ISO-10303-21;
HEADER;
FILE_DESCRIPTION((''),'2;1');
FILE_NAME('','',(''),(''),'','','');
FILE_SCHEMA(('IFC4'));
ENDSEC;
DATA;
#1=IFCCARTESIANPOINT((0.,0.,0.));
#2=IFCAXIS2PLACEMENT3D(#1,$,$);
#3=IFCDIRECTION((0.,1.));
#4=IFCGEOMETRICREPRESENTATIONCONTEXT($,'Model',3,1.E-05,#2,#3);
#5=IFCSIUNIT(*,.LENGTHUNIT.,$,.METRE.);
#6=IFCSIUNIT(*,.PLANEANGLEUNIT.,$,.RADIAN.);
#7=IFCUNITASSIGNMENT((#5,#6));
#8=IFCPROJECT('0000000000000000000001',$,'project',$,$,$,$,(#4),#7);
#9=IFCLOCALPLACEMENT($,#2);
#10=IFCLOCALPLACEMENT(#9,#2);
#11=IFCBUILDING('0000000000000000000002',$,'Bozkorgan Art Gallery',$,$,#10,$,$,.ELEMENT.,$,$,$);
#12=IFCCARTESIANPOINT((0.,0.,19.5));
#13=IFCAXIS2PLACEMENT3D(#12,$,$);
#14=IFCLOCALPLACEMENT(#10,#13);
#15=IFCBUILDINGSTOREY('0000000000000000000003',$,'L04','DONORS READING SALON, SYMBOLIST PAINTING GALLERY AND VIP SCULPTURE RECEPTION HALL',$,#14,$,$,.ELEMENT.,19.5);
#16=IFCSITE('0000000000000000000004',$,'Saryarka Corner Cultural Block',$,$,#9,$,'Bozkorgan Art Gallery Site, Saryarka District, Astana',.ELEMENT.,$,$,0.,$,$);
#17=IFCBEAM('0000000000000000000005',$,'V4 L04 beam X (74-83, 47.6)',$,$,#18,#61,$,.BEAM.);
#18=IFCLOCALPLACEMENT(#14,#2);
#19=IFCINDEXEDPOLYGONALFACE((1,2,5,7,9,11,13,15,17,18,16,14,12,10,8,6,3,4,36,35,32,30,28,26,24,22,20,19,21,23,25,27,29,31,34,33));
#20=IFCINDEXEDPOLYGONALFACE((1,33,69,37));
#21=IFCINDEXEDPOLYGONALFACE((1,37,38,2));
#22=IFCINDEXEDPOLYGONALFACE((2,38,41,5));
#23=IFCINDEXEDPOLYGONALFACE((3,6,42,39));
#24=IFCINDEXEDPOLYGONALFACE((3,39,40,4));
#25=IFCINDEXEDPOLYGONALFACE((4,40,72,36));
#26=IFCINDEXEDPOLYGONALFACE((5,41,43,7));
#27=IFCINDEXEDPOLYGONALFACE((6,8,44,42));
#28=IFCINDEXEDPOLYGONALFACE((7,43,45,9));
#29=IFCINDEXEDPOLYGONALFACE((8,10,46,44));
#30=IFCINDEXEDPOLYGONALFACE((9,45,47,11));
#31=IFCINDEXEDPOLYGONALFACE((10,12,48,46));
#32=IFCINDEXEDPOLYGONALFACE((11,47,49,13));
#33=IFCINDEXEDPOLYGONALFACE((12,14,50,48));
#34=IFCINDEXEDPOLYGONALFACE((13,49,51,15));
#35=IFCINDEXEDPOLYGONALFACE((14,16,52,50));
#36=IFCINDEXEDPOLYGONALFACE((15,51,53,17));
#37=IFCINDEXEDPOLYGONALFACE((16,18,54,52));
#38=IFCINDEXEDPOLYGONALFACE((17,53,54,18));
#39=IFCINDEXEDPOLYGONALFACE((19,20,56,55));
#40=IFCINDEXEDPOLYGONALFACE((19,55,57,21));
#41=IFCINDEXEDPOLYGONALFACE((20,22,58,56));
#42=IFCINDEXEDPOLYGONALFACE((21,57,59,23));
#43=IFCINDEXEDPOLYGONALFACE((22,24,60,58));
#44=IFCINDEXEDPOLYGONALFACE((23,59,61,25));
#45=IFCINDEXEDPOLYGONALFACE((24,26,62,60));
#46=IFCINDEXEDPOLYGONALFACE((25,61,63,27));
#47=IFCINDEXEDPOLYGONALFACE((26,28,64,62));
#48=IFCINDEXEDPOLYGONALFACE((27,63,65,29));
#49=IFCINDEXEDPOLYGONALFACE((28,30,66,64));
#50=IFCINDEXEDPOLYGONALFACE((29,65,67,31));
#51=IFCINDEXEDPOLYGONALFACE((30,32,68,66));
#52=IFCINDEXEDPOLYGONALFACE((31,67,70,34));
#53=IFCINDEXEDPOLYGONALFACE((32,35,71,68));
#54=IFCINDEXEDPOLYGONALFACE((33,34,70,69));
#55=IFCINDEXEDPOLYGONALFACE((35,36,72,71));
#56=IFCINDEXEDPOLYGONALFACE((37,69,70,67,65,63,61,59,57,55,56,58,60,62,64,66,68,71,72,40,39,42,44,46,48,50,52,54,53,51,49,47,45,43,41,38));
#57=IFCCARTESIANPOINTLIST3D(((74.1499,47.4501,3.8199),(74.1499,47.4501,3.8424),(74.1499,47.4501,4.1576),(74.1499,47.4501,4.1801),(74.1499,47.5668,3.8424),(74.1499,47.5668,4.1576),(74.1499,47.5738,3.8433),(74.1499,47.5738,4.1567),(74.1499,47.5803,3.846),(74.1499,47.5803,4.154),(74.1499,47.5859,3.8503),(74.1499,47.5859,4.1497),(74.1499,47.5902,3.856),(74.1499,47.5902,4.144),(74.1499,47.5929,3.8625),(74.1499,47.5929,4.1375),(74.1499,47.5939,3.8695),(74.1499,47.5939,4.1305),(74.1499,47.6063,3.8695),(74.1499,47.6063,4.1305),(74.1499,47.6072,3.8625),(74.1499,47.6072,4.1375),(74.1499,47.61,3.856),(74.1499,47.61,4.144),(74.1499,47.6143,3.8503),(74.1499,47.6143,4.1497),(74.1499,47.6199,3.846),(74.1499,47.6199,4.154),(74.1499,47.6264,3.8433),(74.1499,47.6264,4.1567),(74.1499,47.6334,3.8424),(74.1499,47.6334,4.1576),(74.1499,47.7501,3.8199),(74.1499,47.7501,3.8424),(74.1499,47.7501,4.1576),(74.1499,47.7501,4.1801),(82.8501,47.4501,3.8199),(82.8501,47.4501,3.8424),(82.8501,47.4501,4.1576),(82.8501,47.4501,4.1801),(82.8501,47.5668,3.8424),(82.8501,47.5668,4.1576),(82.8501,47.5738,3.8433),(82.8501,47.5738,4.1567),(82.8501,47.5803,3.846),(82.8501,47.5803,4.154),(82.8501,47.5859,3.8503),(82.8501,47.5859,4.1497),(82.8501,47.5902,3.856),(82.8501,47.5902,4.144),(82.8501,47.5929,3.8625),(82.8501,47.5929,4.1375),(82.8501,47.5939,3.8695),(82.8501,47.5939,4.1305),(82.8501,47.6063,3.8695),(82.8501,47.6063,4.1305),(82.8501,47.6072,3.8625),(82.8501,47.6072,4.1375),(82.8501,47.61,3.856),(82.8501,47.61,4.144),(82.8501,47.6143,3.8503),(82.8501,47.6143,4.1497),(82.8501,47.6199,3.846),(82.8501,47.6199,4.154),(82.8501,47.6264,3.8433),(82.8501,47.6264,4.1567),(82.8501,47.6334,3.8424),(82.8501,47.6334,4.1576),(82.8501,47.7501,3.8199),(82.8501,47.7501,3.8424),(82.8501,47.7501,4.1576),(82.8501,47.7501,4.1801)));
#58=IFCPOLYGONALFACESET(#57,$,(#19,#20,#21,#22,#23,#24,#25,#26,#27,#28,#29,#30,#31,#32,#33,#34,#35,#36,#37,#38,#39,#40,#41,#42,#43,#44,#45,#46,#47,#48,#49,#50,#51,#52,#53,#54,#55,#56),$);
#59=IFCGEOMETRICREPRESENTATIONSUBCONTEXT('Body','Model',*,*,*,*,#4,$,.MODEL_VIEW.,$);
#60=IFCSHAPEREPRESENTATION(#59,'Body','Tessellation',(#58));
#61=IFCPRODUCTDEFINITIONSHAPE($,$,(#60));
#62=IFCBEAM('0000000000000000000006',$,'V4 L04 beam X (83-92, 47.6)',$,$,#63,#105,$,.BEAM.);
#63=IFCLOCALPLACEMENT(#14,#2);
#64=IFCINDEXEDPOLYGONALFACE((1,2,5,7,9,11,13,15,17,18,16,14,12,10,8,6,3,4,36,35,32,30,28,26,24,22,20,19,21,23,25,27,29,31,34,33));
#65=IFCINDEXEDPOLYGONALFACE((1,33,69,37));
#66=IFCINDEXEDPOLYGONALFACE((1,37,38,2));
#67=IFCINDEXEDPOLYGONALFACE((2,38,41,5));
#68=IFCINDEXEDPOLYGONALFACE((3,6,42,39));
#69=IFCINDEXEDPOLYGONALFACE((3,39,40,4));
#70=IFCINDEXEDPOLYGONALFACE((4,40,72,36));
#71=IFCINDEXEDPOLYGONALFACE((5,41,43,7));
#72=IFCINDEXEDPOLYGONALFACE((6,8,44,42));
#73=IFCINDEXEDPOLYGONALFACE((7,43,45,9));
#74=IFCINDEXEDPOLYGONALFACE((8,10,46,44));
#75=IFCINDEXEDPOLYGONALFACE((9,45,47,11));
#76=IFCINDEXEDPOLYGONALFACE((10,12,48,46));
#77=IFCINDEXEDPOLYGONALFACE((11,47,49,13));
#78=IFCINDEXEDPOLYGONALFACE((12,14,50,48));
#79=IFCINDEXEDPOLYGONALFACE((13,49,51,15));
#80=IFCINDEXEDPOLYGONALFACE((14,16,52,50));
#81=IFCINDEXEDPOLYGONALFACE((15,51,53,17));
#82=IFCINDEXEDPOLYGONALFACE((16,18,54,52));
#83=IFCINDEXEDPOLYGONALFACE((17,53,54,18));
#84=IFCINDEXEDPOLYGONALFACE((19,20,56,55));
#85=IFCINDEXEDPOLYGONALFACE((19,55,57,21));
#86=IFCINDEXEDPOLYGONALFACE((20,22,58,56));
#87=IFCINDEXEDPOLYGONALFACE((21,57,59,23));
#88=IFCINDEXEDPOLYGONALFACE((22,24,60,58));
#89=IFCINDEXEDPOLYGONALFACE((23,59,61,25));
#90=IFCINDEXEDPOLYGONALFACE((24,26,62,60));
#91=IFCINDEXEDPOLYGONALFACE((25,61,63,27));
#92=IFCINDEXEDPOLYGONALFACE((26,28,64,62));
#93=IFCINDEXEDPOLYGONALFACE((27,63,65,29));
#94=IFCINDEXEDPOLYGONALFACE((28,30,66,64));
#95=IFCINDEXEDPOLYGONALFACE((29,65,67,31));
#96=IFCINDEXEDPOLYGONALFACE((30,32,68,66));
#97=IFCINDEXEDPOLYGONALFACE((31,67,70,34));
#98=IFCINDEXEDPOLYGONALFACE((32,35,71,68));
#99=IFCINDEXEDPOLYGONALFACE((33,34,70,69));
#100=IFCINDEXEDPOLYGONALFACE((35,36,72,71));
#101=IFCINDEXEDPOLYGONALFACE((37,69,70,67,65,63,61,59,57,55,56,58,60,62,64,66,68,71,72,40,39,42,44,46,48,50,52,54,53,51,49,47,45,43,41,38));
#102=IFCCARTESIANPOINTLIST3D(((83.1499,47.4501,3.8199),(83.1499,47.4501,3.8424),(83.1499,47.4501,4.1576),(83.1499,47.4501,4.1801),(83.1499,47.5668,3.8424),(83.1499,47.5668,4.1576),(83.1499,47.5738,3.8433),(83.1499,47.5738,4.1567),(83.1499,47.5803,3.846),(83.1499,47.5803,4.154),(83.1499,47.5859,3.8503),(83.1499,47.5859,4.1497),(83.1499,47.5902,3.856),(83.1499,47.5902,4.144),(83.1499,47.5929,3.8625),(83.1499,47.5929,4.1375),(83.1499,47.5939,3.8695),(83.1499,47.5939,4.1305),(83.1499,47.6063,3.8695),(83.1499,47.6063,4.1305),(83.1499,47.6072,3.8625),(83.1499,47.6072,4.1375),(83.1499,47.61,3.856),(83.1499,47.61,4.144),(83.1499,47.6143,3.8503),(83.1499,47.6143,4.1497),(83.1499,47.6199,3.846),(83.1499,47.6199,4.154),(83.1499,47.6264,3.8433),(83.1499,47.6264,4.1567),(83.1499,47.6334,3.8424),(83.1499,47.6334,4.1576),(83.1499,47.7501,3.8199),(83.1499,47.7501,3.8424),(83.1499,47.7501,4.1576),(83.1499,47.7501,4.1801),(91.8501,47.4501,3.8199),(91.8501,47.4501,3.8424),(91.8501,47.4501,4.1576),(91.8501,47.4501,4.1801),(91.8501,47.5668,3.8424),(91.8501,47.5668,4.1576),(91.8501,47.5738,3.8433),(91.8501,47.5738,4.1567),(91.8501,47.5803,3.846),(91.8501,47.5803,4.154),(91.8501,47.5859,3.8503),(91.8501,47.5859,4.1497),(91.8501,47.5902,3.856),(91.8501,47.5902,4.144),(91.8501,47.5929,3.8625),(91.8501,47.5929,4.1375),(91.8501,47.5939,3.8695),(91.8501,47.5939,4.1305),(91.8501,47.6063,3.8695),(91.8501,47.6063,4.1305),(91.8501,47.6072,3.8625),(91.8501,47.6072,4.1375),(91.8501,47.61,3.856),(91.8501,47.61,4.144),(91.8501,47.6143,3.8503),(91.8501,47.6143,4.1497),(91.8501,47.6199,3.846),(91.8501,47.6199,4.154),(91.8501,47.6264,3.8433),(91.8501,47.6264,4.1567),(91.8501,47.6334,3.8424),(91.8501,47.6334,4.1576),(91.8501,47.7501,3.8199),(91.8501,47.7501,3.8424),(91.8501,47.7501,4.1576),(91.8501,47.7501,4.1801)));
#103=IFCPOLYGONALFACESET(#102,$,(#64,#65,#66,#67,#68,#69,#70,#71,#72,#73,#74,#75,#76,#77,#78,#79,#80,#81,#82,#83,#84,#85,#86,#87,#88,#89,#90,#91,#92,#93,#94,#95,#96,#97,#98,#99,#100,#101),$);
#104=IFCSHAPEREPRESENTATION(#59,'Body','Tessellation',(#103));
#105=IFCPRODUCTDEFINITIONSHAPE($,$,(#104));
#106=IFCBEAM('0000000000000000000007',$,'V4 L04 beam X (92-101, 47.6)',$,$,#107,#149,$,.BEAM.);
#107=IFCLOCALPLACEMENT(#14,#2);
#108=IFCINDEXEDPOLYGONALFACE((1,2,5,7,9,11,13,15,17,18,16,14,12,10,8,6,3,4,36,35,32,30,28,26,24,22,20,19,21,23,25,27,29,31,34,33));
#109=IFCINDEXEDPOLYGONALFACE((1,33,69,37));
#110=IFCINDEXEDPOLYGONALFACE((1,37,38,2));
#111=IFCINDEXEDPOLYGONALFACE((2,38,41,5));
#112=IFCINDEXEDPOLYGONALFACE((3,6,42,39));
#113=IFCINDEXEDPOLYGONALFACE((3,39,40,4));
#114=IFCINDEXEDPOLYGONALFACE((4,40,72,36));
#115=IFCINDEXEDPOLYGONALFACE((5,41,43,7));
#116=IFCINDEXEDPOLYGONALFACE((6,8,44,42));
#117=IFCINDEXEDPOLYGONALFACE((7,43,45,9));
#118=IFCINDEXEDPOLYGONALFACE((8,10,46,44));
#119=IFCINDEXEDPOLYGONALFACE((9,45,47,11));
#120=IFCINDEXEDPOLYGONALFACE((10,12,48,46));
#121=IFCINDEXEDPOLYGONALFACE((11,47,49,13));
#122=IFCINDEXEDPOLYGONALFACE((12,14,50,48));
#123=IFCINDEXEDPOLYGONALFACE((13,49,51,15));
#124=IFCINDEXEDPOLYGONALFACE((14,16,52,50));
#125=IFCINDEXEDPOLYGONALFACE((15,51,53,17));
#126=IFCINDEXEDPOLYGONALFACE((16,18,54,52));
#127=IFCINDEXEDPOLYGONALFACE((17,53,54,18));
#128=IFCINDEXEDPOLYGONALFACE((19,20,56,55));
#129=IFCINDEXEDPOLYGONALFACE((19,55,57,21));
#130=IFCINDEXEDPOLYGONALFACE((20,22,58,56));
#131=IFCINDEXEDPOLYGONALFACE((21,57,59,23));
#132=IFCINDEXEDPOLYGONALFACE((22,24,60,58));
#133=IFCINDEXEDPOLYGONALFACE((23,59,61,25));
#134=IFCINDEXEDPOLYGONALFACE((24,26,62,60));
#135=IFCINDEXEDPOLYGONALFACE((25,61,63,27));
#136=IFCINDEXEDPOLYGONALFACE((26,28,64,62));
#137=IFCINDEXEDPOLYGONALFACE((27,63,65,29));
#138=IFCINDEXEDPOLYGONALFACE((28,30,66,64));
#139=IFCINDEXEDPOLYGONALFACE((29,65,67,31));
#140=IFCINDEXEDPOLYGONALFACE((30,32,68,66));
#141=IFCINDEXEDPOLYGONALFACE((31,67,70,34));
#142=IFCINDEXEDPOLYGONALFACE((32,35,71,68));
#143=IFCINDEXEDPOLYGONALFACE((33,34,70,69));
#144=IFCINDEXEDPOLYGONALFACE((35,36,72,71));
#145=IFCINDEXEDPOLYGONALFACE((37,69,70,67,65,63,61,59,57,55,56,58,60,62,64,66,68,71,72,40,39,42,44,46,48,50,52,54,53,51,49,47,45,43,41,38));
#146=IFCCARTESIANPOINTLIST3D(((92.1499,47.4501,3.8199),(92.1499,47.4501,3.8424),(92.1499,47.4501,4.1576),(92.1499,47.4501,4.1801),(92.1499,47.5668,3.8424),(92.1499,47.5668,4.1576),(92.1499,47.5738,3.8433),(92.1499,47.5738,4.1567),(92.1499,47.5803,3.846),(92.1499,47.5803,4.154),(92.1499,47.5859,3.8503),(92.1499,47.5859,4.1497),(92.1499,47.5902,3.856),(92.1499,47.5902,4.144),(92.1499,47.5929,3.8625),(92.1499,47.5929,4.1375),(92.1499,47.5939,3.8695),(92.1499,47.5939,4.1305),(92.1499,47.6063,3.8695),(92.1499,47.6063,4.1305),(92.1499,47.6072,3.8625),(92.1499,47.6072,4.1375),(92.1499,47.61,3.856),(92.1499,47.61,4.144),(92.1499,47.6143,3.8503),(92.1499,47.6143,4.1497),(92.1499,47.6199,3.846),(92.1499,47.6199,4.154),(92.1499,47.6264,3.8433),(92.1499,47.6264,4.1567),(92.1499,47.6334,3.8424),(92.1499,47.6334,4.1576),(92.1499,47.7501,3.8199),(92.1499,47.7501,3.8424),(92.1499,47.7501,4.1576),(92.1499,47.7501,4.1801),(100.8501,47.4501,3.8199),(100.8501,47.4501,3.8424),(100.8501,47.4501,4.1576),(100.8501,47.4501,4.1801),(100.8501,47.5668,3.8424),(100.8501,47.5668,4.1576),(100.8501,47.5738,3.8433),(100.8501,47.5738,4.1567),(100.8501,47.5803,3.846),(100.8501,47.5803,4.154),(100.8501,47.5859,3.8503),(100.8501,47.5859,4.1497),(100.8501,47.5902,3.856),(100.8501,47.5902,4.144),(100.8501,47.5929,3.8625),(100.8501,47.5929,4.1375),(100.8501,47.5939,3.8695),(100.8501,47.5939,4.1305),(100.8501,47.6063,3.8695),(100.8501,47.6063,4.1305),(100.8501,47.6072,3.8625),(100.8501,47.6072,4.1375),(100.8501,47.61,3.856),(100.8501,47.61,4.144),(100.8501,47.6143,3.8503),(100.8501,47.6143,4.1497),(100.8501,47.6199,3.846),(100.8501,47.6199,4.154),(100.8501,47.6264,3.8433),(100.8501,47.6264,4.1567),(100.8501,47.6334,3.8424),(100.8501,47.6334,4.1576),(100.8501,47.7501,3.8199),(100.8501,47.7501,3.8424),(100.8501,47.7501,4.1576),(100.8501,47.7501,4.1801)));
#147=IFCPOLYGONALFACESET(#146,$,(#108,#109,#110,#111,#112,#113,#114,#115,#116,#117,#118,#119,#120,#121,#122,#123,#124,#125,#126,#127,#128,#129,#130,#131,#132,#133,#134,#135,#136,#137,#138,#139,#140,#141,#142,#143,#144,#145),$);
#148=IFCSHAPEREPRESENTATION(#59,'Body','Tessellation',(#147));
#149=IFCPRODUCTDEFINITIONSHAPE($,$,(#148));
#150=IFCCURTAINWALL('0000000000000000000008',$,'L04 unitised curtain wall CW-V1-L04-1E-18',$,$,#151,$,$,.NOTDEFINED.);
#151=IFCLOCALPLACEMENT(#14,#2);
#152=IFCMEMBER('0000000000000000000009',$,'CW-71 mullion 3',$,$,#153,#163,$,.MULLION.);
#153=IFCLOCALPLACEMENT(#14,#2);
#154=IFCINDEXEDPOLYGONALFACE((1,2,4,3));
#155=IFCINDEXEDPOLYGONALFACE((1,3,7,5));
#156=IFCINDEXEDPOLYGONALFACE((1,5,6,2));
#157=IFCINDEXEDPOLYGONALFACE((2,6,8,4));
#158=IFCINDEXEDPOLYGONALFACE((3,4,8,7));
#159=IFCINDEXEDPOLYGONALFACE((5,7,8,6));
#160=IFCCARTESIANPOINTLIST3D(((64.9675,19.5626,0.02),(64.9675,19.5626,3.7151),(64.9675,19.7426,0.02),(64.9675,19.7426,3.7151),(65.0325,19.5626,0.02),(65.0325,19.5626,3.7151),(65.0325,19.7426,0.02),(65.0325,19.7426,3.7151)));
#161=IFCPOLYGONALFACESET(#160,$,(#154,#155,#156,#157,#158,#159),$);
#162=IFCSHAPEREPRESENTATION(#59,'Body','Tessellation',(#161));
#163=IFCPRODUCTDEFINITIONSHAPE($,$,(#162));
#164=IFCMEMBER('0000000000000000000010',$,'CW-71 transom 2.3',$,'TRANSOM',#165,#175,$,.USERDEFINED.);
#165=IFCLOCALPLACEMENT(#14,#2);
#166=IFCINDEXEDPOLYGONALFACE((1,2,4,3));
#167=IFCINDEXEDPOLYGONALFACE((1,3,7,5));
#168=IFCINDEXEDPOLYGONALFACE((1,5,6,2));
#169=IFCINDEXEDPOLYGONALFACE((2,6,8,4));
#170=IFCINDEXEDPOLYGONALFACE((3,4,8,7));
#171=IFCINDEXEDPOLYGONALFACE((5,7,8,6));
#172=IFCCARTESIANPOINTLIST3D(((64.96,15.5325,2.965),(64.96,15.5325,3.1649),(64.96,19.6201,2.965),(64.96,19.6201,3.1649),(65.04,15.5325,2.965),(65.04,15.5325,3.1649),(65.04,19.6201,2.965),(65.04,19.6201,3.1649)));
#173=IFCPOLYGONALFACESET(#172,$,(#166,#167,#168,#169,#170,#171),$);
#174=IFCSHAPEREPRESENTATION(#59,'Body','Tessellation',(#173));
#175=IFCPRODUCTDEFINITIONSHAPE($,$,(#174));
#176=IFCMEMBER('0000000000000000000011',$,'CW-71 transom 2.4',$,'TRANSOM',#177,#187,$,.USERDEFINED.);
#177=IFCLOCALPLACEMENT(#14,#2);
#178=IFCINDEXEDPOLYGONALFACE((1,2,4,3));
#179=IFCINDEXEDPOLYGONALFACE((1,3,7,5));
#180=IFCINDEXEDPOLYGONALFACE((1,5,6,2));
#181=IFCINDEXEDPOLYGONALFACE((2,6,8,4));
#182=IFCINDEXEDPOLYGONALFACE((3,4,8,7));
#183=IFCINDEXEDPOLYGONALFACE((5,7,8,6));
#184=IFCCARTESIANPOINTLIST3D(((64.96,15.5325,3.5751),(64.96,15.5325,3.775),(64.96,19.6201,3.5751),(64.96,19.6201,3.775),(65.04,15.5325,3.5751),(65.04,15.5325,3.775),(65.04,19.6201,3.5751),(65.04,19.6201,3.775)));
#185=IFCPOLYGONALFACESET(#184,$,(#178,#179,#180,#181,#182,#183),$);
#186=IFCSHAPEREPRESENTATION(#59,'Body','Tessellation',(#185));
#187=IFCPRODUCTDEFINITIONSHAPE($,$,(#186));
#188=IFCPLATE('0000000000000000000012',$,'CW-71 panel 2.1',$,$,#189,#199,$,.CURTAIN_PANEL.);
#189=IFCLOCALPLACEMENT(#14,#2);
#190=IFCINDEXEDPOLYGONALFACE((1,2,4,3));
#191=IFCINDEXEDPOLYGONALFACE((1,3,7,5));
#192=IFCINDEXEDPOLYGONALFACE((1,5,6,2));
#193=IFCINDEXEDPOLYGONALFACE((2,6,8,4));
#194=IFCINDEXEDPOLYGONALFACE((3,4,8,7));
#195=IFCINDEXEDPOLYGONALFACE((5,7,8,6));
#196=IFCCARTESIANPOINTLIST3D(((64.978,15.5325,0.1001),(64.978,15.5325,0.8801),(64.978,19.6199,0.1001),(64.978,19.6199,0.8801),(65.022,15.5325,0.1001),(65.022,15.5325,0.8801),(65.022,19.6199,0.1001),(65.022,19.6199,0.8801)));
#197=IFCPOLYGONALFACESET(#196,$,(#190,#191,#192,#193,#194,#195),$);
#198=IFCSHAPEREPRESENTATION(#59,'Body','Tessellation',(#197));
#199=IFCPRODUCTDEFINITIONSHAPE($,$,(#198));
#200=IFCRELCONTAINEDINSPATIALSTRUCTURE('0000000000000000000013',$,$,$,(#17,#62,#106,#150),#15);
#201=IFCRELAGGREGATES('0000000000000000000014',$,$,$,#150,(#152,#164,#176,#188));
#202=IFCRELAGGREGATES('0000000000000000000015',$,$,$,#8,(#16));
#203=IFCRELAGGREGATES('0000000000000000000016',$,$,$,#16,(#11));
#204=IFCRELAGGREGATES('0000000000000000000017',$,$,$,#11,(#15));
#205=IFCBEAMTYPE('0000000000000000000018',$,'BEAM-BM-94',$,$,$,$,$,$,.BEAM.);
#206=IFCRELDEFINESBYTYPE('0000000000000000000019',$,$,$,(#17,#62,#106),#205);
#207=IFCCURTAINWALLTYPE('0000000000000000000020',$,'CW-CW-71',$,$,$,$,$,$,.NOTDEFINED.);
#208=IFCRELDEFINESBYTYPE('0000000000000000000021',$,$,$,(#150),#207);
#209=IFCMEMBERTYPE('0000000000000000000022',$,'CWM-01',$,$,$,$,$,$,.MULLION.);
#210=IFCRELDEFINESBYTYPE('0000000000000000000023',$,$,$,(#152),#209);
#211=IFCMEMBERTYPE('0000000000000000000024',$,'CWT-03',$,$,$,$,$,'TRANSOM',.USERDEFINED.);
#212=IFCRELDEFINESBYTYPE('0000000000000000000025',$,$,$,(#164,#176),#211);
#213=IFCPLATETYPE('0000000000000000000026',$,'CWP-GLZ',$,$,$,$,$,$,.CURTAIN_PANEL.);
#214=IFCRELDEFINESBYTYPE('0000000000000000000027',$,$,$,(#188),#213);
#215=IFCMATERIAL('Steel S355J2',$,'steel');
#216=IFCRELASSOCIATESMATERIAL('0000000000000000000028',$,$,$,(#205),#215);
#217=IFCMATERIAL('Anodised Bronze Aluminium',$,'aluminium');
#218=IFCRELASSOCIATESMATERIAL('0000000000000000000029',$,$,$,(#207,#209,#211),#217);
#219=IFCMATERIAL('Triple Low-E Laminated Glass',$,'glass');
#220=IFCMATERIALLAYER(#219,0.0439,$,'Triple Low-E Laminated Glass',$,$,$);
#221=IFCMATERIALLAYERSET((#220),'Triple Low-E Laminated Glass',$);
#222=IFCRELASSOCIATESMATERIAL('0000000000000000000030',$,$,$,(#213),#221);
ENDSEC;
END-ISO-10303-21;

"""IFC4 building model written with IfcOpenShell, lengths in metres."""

from ifc_helpers import new_model, si_unit, direction, frame, origin, origin_2d, place, context, subcontext, project, spatial, rectangle, i_section, extrude, material, layer, layer_set, material_profile, profile_set, type_object, element, aggregate, save


model = new_model("IFC4")

# Units and contexts
model_context = context("Model", 3, precision=1e-05, world=origin(), true_north=direction((0.0, 1.0)))
body_context = subcontext(model_context, "Body", "Model", "MODEL_VIEW")
ifc_project = project(units=[si_unit("LENGTHUNIT", "METRE"), si_unit("PLANEANGLEUNIT", "RADIAN")], contexts=[model_context])

# Site, building, storey
site_placement = place(None, origin())
site = spatial("IfcSite", under=ifc_project, at=site_placement, Name="Saryarka Corner Cultural Block", LongName="Bozkorgan Art Gallery Site, Saryarka District, Astana", CompositionType="ELEMENT", RefElevation=0.0)
building_placement = place(site_placement, origin())
building = spatial("IfcBuilding", under=site, at=building_placement, Name="Bozkorgan Art Gallery", CompositionType="ELEMENT")
storey_placement = place(building_placement, frame((0.0, 0.0, 19.5)))
storey = spatial("IfcBuildingStorey", under=building, at=storey_placement, Name="L04", Description="DONORS READING SALON, SYMBOLIST PAINTING GALLERY AND VIP SCULPTURE RECEPTION HALL", CompositionType="ELEMENT", Elevation=19.5)

# Shared definitions
ifc_material_1 = material(Name="Steel S355J2", Category="steel")

# Beams
ifc_material_profile_1 = material_profile(ifc_material_1, i_section(OverallWidth=0.3, OverallDepth=0.3601, WebThickness=0.0125, FlangeThickness=0.0225, FilletRadius=0.0271, at=origin_2d()), Name="HEB 360")
ifc_profile_set_1 = profile_set([ifc_material_profile_1], Name="Steel S355J2")
beam_type = type_object("IfcBeamType", Name="BEAM-BM-94", PredefinedType="BEAM", material=ifc_profile_set_1)
for number, where, z_axis, x_axis, name in (
    (1, (74.1499, 47.6001, 4.0), (1.0, 0.0, 0.0), (0.0, 1.0, 0.0), "V4 L04 beam X (74-83, 47.6)"),
    (2, (83.1499, 47.6001, 4.0), (1.0, 0.0, 0.0), (0.0, 1.0, 0.0), "V4 L04 beam X (83-92, 47.6)"),
    (3, (92.1499, 47.6001, 4.0), (1.0, 0.0, 0.0), (0.0, 1.0, 0.0), "V4 L04 beam X (92-101, 47.6)"),
):
    element("IfcBeam", number, at=place(storey_placement, frame(where, z_axis=z_axis, x_axis=x_axis)), inside=storey, type_object=beam_type, Name=name, PredefinedType="BEAM", context=body_context, shape_type="SweptSolid", body=[
        extrude(i_section(OverallWidth=0.3, OverallDepth=0.3601, WebThickness=0.0125, FlangeThickness=0.0225, FilletRadius=0.0271, at=origin_2d()), origin(), (0.0, 0.0, 1.0), 8.7002),
    ])

# Curtain wall, members, plate
ifc_material_2 = material(Name="Anodised Bronze Aluminium", Category="aluminium")
curtain_wall_type = type_object("IfcCurtainWallType", Name="CW-CW-71", PredefinedType="NOTDEFINED", material=ifc_material_2)
curtain_wall_placement = place(storey_placement, origin())
curtain_wall = element("IfcCurtainWall", 4, at=curtain_wall_placement, inside=storey, type_object=curtain_wall_type, Name="L04 unitised curtain wall CW-V1-L04-1E-18", PredefinedType="NOTDEFINED")
ifc_material_profile_2 = material_profile(ifc_material_2, rectangle(XDim=0.0649, YDim=0.1799, at=origin_2d()), Name="ALU MULLION 65x180")
ifc_profile_set_2 = profile_set([ifc_material_profile_2], Name="Anodised Bronze Aluminium")
member_type_1 = type_object("IfcMemberType", Name="CWM-01", PredefinedType="MULLION", material=ifc_profile_set_2)
member_1_placement = place(storey_placement, frame((65.0, 19.6526, 0.02), z_axis=(0.0, 0.0, 1.0), x_axis=(-1.0, 0.0, 0.0)))
member_1 = element("IfcMember", 5, at=member_1_placement, type_object=member_type_1, Name="CW-71 mullion 3", PredefinedType="MULLION", context=body_context, shape_type="SweptSolid", body=[
    extrude(rectangle(XDim=0.0649, YDim=0.1799, at=origin_2d()), origin(), (0.0, 0.0, 1.0), 3.6951),
])
ifc_material_profile_3 = material_profile(ifc_material_2, rectangle(XDim=0.0801, YDim=0.2, at=origin_2d()), Name="ALU TRANSOM 80x200")
ifc_profile_set_3 = profile_set([ifc_material_profile_3], Name="Anodised Bronze Aluminium")
member_type_2 = type_object("IfcMemberType", Name="CWT-03", ElementType="TRANSOM", PredefinedType="USERDEFINED", material=ifc_profile_set_3)
member_2_placement = place(storey_placement, frame((65.0, 15.5325, 3.0649), z_axis=(0.0, 1.0, 0.0), x_axis=(-1.0, 0.0, 0.0)))
member_2 = element("IfcMember", 6, at=member_2_placement, type_object=member_type_2, Name="CW-71 transom 2.3", ObjectType="TRANSOM", PredefinedType="USERDEFINED", context=body_context, shape_type="SweptSolid", body=[
    extrude(rectangle(XDim=0.0801, YDim=0.2, at=origin_2d()), origin(), (0.0, 0.0, 1.0), 4.0876),
])
member_3_placement = place(storey_placement, frame((65.0, 15.5325, 3.675), z_axis=(0.0, 1.0, 0.0), x_axis=(-1.0, 0.0, 0.0)))
member_3 = element("IfcMember", 7, at=member_3_placement, type_object=member_type_2, Name="CW-71 transom 2.4", ObjectType="TRANSOM", PredefinedType="USERDEFINED", context=body_context, shape_type="SweptSolid", body=[
    extrude(rectangle(XDim=0.0801, YDim=0.2, at=origin_2d()), origin(), (0.0, 0.0, 1.0), 4.0876),
])
ifc_material_3 = material(Name="Triple Low-E Laminated Glass", Category="glass")
ifc_layer_1 = layer(ifc_material_3, 0.0439, Name="Triple Low-E Laminated Glass")
ifc_layer_set_1 = layer_set([ifc_layer_1], Name="Triple Low-E Laminated Glass")
plate_type_1 = type_object("IfcPlateType", Name="CWP-GLZ", PredefinedType="CURTAIN_PANEL", material=ifc_layer_set_1)
plate_1_placement = place(storey_placement, frame((65.0, 17.5762, 0.1001), z_axis=(0.0, 0.0, 1.0), x_axis=(0.0, 1.0, 0.0)))
plate_1 = element("IfcPlate", 8, at=plate_1_placement, type_object=plate_type_1, Name="CW-71 panel 2.1", PredefinedType="CURTAIN_PANEL", context=body_context, shape_type="SweptSolid", body=[
    extrude(rectangle(XDim=4.0874, YDim=0.0439, at=origin_2d()), origin(), (0.0, 0.0, 1.0), 0.78),
])
aggregate(curtain_wall, [member_1, member_2, member_3, plate_1])

save(model, "model.ifc")
